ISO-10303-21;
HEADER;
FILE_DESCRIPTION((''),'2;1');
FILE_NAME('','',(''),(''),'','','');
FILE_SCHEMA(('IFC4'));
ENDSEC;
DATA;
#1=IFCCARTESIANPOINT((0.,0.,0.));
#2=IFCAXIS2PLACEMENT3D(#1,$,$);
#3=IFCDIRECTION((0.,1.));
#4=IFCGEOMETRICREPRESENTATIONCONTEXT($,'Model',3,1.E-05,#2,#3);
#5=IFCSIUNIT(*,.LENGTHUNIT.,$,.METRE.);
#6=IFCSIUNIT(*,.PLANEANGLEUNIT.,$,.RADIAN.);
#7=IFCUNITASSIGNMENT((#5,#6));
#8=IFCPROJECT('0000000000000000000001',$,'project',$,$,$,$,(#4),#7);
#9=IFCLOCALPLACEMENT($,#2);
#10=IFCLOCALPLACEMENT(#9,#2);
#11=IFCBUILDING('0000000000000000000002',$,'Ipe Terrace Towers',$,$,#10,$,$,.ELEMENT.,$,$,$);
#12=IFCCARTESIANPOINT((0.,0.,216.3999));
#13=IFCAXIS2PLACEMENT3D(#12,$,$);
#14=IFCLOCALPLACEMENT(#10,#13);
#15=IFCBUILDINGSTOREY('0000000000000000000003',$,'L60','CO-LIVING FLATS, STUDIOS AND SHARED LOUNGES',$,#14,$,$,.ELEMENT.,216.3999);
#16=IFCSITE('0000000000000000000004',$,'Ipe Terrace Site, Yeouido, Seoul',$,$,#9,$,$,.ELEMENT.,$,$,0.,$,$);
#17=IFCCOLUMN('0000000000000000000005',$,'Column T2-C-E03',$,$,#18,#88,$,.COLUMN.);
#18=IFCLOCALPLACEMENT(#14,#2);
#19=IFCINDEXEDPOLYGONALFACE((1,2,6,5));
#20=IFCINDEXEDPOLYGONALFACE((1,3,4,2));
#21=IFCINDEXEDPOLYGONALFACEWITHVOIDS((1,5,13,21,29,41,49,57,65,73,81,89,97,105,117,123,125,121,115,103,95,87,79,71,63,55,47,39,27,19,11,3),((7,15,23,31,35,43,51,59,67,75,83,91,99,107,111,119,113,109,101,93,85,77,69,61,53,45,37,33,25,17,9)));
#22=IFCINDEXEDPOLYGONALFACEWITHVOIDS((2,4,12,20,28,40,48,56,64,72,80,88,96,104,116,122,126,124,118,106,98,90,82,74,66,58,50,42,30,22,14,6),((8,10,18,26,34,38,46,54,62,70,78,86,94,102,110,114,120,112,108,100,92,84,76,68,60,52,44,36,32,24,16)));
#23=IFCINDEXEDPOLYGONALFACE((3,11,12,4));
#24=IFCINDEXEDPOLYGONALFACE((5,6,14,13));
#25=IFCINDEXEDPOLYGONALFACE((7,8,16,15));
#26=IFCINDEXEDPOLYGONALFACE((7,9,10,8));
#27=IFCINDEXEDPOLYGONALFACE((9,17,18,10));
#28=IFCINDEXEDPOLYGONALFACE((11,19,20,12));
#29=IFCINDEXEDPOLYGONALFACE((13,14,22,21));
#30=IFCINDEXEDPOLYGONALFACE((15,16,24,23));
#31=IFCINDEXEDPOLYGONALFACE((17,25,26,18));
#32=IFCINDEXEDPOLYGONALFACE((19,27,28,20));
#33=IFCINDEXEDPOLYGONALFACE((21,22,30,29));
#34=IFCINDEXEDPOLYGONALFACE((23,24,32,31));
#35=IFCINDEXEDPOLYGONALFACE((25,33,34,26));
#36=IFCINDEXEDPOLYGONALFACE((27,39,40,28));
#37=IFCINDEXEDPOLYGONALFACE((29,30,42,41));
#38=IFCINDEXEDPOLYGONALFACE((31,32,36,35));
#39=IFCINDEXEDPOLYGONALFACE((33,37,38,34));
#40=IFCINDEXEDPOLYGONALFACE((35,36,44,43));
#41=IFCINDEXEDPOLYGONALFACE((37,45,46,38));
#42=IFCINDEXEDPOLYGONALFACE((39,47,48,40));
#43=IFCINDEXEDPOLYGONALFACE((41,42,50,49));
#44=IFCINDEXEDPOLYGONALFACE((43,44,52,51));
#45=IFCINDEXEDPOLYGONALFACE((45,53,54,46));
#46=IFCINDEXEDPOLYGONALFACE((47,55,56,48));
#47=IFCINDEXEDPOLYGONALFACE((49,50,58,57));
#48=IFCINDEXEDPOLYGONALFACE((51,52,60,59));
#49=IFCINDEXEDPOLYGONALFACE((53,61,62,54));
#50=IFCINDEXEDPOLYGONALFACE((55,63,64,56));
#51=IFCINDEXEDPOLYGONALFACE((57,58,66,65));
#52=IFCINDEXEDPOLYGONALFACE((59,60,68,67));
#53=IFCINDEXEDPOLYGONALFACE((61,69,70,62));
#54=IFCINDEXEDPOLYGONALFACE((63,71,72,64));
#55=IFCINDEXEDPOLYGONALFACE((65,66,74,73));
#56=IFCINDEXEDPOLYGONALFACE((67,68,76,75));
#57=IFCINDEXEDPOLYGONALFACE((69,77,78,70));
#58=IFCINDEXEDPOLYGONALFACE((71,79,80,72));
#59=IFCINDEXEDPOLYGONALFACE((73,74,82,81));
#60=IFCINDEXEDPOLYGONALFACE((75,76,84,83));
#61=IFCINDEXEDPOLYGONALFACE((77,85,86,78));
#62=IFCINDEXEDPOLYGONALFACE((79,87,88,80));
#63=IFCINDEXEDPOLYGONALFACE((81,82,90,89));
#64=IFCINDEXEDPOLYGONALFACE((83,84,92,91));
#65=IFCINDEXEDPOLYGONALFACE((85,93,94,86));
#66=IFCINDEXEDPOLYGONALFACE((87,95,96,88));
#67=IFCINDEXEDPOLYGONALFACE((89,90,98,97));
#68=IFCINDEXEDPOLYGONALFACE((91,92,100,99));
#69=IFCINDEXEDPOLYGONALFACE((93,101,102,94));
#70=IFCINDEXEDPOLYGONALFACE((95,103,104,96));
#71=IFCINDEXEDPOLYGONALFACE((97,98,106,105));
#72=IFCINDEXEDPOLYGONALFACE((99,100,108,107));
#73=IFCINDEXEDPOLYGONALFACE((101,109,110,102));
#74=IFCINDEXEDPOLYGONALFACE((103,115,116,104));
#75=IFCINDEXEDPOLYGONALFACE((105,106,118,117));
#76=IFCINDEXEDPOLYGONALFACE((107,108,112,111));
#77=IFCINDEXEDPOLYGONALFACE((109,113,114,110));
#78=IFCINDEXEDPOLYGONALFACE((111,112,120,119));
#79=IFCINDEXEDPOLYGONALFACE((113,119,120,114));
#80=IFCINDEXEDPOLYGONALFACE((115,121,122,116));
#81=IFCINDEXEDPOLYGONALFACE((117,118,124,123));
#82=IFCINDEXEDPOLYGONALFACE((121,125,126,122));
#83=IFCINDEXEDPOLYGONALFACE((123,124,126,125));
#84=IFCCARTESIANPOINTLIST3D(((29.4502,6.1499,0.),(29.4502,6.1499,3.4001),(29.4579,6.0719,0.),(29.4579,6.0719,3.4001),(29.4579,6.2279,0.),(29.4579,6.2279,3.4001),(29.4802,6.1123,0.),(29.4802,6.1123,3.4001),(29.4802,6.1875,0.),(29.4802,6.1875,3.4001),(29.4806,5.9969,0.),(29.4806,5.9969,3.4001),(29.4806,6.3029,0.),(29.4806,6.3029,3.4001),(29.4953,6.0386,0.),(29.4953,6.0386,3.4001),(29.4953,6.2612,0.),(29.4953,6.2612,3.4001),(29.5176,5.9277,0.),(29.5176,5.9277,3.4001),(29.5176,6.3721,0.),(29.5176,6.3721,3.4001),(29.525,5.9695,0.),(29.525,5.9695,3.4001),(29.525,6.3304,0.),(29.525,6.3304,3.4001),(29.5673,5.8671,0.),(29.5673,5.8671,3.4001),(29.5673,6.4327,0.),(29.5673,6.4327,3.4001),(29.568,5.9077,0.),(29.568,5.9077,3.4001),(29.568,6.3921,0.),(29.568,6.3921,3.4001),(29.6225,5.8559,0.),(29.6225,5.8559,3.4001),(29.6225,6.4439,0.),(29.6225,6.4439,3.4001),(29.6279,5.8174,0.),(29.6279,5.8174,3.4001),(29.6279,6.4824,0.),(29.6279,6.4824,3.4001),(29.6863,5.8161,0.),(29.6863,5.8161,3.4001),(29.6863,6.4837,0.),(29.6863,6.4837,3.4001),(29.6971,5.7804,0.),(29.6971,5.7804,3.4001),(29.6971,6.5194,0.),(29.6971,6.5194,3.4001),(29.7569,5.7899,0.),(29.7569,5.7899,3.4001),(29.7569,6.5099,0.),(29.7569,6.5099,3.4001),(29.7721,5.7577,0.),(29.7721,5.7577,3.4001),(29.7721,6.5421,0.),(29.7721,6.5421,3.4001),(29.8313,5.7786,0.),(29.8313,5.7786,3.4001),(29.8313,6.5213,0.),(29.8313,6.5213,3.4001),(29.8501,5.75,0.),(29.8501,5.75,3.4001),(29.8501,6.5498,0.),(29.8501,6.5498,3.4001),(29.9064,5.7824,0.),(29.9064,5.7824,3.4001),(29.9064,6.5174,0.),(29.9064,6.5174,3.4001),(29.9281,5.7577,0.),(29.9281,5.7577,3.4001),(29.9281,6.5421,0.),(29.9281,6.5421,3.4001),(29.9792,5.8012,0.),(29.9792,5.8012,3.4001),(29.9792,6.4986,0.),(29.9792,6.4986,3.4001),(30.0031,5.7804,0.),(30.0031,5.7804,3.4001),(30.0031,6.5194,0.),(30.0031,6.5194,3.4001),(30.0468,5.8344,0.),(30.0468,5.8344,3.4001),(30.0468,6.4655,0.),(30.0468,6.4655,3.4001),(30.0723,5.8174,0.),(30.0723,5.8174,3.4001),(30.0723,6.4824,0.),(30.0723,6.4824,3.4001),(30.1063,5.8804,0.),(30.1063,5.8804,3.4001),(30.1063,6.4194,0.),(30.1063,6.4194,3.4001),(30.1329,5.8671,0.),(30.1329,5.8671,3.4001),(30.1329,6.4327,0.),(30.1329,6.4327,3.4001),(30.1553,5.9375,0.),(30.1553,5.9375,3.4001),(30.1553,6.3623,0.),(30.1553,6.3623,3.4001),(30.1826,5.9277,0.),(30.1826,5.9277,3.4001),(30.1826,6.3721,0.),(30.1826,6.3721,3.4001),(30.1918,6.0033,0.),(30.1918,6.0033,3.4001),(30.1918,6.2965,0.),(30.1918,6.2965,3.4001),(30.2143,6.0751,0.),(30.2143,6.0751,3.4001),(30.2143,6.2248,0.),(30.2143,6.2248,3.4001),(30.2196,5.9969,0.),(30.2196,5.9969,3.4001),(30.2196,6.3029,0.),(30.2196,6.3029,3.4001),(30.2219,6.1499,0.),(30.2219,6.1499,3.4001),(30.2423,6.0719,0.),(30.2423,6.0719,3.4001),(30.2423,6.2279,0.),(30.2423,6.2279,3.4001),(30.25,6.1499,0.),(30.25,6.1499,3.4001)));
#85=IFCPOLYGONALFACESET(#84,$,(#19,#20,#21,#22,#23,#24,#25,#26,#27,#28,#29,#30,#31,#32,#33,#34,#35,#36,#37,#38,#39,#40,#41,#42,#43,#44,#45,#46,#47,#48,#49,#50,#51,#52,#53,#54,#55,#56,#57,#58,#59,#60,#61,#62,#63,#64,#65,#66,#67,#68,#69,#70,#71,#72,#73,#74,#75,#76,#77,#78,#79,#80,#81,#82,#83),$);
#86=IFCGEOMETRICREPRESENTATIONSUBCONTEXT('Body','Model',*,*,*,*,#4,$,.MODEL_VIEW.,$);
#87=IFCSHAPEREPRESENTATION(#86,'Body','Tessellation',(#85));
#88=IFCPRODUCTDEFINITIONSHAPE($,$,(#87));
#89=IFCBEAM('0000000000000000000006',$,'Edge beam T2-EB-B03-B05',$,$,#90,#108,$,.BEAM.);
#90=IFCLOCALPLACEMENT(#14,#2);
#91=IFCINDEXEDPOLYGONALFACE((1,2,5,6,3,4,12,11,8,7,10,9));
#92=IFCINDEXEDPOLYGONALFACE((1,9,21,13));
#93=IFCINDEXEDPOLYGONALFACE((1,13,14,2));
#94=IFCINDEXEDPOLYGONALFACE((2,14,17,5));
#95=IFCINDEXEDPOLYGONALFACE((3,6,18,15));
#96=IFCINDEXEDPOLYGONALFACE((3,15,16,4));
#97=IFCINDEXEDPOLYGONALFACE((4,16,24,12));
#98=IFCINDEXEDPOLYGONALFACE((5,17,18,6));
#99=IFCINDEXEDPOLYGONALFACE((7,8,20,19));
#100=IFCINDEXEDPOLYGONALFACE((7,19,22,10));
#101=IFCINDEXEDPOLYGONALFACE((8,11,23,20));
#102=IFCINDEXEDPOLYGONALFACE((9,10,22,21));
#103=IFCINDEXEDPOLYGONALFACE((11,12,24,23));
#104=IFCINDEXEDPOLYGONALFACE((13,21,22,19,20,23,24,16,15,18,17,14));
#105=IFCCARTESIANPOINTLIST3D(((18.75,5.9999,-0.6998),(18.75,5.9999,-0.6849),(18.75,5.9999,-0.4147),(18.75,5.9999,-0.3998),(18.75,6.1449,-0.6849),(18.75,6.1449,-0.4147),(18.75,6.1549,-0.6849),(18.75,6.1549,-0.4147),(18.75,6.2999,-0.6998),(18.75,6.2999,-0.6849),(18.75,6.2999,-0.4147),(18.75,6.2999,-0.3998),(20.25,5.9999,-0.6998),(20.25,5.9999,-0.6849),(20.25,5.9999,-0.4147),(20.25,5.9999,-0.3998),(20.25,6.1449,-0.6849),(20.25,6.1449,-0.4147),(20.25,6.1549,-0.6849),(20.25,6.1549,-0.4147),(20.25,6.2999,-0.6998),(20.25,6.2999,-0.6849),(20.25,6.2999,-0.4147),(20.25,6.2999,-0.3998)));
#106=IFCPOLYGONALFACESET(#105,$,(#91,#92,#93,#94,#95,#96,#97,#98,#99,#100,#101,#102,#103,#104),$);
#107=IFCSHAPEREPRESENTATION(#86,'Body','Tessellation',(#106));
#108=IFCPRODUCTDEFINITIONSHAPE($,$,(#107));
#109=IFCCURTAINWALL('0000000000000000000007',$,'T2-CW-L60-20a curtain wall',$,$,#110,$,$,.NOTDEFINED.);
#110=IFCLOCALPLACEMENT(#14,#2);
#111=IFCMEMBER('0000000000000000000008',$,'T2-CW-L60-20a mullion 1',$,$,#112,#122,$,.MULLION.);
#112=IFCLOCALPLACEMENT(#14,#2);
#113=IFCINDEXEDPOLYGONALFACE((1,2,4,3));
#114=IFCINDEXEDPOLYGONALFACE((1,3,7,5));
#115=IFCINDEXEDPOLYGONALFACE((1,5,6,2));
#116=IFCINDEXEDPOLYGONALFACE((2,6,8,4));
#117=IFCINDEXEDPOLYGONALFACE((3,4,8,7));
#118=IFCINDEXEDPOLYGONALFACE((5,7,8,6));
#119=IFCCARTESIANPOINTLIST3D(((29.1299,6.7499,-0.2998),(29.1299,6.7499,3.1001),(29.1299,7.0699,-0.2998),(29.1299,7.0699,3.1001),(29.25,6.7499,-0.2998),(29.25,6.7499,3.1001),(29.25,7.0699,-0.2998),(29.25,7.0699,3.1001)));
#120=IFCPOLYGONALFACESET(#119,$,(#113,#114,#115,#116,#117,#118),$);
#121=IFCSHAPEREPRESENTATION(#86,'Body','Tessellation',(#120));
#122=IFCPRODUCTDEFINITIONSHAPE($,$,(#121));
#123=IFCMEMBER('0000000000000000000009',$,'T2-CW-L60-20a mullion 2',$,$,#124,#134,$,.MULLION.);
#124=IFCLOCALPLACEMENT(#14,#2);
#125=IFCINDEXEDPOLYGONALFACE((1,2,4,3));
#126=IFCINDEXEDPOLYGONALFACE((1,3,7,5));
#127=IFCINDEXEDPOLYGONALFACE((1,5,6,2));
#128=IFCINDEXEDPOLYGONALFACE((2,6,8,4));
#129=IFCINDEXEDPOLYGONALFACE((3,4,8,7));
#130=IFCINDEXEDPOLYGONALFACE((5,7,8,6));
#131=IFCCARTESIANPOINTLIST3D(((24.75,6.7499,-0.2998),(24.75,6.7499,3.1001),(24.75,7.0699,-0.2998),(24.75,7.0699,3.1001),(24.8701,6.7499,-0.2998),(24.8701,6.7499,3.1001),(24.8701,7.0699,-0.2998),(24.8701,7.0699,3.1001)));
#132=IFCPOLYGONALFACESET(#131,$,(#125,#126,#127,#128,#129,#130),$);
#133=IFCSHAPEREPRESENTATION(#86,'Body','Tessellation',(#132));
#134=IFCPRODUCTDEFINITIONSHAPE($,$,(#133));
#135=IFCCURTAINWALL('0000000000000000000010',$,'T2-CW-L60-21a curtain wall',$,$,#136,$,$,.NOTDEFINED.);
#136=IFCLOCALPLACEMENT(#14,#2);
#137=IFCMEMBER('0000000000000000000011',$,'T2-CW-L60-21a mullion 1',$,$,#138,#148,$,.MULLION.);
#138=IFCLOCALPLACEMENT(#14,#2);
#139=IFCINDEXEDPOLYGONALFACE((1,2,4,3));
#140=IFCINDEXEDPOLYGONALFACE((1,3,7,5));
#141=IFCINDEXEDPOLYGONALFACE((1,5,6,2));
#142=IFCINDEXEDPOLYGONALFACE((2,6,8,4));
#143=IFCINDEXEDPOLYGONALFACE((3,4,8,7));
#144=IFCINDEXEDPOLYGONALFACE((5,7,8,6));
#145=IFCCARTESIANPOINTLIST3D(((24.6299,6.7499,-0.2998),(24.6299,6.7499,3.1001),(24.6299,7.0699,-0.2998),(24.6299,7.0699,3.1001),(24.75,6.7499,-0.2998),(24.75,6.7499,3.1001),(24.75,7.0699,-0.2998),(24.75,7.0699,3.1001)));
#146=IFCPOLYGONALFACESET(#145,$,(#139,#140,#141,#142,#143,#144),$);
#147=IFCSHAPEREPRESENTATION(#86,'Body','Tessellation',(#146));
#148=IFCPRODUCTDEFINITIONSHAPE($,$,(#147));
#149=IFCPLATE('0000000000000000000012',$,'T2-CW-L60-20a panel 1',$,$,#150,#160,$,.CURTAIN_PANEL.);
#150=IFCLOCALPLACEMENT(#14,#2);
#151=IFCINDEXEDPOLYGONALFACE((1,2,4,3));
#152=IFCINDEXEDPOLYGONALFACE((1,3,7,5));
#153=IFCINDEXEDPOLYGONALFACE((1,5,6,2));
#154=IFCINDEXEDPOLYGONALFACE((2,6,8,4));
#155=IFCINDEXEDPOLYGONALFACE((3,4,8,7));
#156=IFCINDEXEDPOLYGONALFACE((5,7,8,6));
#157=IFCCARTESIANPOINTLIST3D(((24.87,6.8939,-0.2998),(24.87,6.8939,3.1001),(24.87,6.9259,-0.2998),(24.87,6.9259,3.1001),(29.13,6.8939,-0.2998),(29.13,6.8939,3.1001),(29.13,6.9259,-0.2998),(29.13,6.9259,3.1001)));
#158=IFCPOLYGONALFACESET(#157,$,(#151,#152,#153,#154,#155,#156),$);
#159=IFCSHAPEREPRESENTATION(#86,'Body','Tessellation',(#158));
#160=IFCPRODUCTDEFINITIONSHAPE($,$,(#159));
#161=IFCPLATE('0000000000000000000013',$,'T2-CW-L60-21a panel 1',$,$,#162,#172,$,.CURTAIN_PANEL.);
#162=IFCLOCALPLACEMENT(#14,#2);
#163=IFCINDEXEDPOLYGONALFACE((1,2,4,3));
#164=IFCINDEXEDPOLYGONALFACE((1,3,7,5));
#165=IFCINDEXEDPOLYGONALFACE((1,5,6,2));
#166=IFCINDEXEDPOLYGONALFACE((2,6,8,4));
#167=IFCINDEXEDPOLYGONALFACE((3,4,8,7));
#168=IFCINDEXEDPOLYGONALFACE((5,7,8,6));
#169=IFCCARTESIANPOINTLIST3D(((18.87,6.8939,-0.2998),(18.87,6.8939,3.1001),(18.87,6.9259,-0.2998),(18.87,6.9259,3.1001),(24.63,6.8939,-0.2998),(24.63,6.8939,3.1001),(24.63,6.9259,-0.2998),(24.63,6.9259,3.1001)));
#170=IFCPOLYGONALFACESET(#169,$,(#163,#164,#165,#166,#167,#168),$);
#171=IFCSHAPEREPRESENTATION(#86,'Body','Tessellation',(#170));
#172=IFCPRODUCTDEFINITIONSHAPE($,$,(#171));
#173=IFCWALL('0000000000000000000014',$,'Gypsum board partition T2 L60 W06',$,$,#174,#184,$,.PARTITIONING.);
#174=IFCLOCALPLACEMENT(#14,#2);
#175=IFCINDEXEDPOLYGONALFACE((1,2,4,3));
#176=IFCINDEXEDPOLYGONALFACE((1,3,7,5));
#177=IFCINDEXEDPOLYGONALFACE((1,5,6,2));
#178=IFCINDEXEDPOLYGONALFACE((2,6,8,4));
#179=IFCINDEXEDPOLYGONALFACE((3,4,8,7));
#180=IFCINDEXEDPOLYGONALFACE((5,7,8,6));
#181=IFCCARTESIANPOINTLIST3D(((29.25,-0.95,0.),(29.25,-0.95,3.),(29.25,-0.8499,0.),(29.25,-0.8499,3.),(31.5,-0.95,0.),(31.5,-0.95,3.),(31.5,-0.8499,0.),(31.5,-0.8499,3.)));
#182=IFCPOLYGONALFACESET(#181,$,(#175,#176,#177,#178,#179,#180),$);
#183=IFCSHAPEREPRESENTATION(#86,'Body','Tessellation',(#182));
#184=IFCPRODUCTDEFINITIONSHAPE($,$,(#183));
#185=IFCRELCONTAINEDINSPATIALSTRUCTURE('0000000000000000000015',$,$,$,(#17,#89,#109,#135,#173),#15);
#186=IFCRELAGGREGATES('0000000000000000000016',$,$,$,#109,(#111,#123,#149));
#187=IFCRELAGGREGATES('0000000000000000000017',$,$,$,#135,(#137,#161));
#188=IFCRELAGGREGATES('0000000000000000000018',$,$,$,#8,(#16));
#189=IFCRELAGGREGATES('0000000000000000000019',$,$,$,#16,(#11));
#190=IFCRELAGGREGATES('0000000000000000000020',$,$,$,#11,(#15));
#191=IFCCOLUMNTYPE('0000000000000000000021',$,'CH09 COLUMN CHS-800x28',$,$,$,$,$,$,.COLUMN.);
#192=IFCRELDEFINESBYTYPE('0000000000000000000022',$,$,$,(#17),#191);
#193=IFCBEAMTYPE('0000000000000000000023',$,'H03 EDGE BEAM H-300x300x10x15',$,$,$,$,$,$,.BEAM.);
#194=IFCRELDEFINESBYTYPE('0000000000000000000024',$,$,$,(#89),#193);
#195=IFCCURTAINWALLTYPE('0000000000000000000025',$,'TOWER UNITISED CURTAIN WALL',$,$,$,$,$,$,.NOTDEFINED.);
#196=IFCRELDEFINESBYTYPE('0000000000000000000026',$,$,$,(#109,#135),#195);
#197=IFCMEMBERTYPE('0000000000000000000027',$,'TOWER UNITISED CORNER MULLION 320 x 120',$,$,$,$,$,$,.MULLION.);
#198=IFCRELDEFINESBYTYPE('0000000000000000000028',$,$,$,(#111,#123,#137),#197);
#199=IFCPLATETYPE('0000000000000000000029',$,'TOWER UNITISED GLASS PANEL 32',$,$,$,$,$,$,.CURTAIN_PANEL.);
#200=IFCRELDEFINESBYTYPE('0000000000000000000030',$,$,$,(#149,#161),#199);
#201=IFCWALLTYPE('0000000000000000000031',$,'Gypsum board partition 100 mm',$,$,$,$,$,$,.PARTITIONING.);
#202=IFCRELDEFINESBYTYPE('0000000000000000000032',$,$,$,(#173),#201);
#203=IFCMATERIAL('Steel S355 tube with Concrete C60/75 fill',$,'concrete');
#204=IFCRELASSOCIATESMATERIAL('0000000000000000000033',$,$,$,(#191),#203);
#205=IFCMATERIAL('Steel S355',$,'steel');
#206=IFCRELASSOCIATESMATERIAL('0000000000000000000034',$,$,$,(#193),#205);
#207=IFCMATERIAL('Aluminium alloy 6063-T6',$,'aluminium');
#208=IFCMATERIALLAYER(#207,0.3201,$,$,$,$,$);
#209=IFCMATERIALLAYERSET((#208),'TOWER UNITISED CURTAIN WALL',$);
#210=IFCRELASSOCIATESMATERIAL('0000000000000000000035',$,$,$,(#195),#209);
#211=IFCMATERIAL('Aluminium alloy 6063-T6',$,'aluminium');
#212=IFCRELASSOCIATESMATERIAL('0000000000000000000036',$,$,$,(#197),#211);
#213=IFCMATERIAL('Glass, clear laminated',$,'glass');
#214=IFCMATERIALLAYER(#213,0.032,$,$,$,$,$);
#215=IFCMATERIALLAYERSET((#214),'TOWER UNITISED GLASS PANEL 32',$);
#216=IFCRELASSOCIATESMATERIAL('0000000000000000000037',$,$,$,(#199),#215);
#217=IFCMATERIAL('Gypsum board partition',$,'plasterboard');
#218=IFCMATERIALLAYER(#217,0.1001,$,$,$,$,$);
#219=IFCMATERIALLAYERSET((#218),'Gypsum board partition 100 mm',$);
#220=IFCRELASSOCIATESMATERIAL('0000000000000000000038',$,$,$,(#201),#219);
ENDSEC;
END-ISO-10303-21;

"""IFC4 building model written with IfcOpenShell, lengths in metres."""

from ifc_helpers import new_model, si_unit, direction, frame, frame_2d, origin, origin_2d, place, context, subcontext, project, spatial, rectangle, hollow_circle, i_section, extrude, material, layer, layer_set, material_profile, profile_set, type_object, element, aggregate, save


model = new_model("IFC4")

# Units and contexts
model_context = context("Model", 3, precision=1e-05, world=origin(), true_north=direction((0.0, 1.0)))
body_context = subcontext(model_context, "Body", "Model", "MODEL_VIEW")
ifc_project = project(units=[si_unit("LENGTHUNIT", "METRE"), si_unit("PLANEANGLEUNIT", "RADIAN")], contexts=[model_context])

# Site, building, storey
site_placement = place(None, origin())
site = spatial("IfcSite", under=ifc_project, at=site_placement, Name="Ipe Terrace Site, Yeouido, Seoul", CompositionType="ELEMENT", RefElevation=0.0)
building_placement = place(site_placement, origin())
building = spatial("IfcBuilding", under=site, at=building_placement, Name="Ipe Terrace Towers", CompositionType="ELEMENT")
storey_placement = place(building_placement, frame((0.0, 0.0, 216.3999)))
storey = spatial("IfcBuildingStorey", under=building, at=storey_placement, Name="L60", Description="CO-LIVING FLATS, STUDIOS AND SHARED LOUNGES", CompositionType="ELEMENT", Elevation=216.3999)

# Column
ifc_material_1 = material(Name="Steel S355 tube with Concrete C60/75 fill", Category="concrete")
ifc_material_profile_1 = material_profile(ifc_material_1, hollow_circle(Radius=0.3999, WallThickness=0.0281, at=origin_2d()), Name="CHS-800x28")
ifc_profile_set_1 = profile_set([ifc_material_profile_1], Name="Steel S355 tube with Concrete C60/75 fill")
column_type = type_object("IfcColumnType", Name="CH09 COLUMN CHS-800x28", PredefinedType="COLUMN", material=ifc_profile_set_1)
column_placement = place(storey_placement, frame((29.8501, 6.1499, 0.0), z_axis=(0.0, 0.0, 1.0), x_axis=(1.0, 0.0, 0.0)))
element("IfcColumn", 1, at=column_placement, inside=storey, type_object=column_type, Name="Column T2-C-E03", PredefinedType="COLUMN", context=body_context, shape_type="SweptSolid", body=[
    extrude(hollow_circle(Radius=0.3999, WallThickness=0.0281, at=origin_2d()), origin(), (0.0, 0.0, 1.0), 3.4001),
])

# Beam
ifc_material_2 = material(Name="Steel S355", Category="steel")
ifc_material_profile_2 = material_profile(ifc_material_2, i_section(OverallWidth=0.3, OverallDepth=0.3, WebThickness=0.01, FlangeThickness=0.0149, at=origin_2d()), Name="H-300x300x10x15")
ifc_profile_set_2 = profile_set([ifc_material_profile_2], Name="Steel S355")
beam_type = type_object("IfcBeamType", Name="H03 EDGE BEAM H-300x300x10x15", PredefinedType="BEAM", material=ifc_profile_set_2)
beam_placement = place(storey_placement, frame((20.25, 6.1499, -0.5498), z_axis=(-1.0, 0.0, 0.0), x_axis=(0.0, -1.0, 0.0)))
element("IfcBeam", 2, at=beam_placement, inside=storey, type_object=beam_type, Name="Edge beam T2-EB-B03-B05", PredefinedType="BEAM", context=body_context, shape_type="SweptSolid", body=[
    extrude(i_section(OverallWidth=0.3, OverallDepth=0.3, WebThickness=0.01, FlangeThickness=0.0149, at=origin_2d()), origin(), (0.0, 0.0, 1.0), 1.5),
])

# Curtain wall, members
ifc_material_3 = material(Name="Aluminium alloy 6063-T6", Category="aluminium")
ifc_layer_1 = layer(ifc_material_3, 0.3201)
ifc_layer_set_1 = layer_set([ifc_layer_1], Name="TOWER UNITISED CURTAIN WALL")
curtain_wall_type = type_object("IfcCurtainWallType", Name="TOWER UNITISED CURTAIN WALL", PredefinedType="NOTDEFINED", material=ifc_layer_set_1)
curtain_wall_1_placement = place(storey_placement, origin())
curtain_wall_1 = element("IfcCurtainWall", 3, at=curtain_wall_1_placement, inside=storey, type_object=curtain_wall_type, Name="T2-CW-L60-20a curtain wall", PredefinedType="NOTDEFINED")
ifc_material_4 = material(Name="Aluminium alloy 6063-T6", Category="aluminium")
ifc_material_profile_3 = material_profile(ifc_material_4, rectangle(XDim=0.3201, YDim=0.1201, at=origin_2d()), Name="TOWER UNITISED CORNER MULLION 320 x 120")
ifc_profile_set_3 = profile_set([ifc_material_profile_3], Name="Aluminium alloy 6063-T6")
member_type = type_object("IfcMemberType", Name="TOWER UNITISED CORNER MULLION 320 x 120", PredefinedType="MULLION", material=ifc_profile_set_3)
member_1_placement = place(storey_placement, frame((29.1899, 6.9099, -0.2998), z_axis=(0.0, 0.0, 1.0), x_axis=(0.0, 1.0, 0.0)))
member_1 = element("IfcMember", 4, at=member_1_placement, type_object=member_type, Name="T2-CW-L60-20a mullion 1", PredefinedType="MULLION", context=body_context, shape_type="SweptSolid", body=[
    extrude(rectangle(XDim=0.3201, YDim=0.1201, at=origin_2d()), origin(), (0.0, 0.0, 1.0), 3.3999),
])
member_2_placement = place(storey_placement, frame((24.8101, 6.9099, -0.2998), z_axis=(0.0, 0.0, 1.0), x_axis=(0.0, 1.0, 0.0)))
member_2 = element("IfcMember", 5, at=member_2_placement, type_object=member_type, Name="T2-CW-L60-20a mullion 2", PredefinedType="MULLION", context=body_context, shape_type="SweptSolid", body=[
    extrude(rectangle(XDim=0.3201, YDim=0.1201, at=origin_2d()), origin(), (0.0, 0.0, 1.0), 3.3999),
])

# Curtain wall, member
curtain_wall_2_placement = place(storey_placement, origin())
curtain_wall_2 = element("IfcCurtainWall", 6, at=curtain_wall_2_placement, inside=storey, type_object=curtain_wall_type, Name="T2-CW-L60-21a curtain wall", PredefinedType="NOTDEFINED")
member_3_placement = place(storey_placement, frame((24.6899, 6.9099, -0.2998), z_axis=(0.0, 0.0, 1.0), x_axis=(0.0, 1.0, 0.0)))
member_3 = element("IfcMember", 7, at=member_3_placement, type_object=member_type, Name="T2-CW-L60-21a mullion 1", PredefinedType="MULLION", context=body_context, shape_type="SweptSolid", body=[
    extrude(rectangle(XDim=0.3201, YDim=0.1201, at=origin_2d()), origin(), (0.0, 0.0, 1.0), 3.3999),
])

# Plates
ifc_material_5 = material(Name="Glass, clear laminated", Category="glass")
ifc_layer_2 = layer(ifc_material_5, 0.032)
ifc_layer_set_2 = layer_set([ifc_layer_2], Name="TOWER UNITISED GLASS PANEL 32")
plate_type = type_object("IfcPlateType", Name="TOWER UNITISED GLASS PANEL 32", PredefinedType="CURTAIN_PANEL", material=ifc_layer_set_2)
plate_1_placement = place(storey_placement, frame((27.0, 6.9099, -0.2998), z_axis=(0.0, 0.0, 1.0), x_axis=(-1.0, 0.0, 0.0)))
plate_1 = element("IfcPlate", 8, at=plate_1_placement, type_object=plate_type, Name="T2-CW-L60-20a panel 1", PredefinedType="CURTAIN_PANEL", context=body_context, shape_type="SweptSolid", body=[
    extrude(rectangle(XDim=4.26, YDim=0.032, at=origin_2d()), origin(), (0.0, 0.0, 1.0), 3.3999),
])
aggregate(curtain_wall_1, [member_1, member_2, plate_1])
plate_2_placement = place(storey_placement, frame((21.75, 6.9099, -0.2998), z_axis=(0.0, 0.0, 1.0), x_axis=(-1.0, 0.0, 0.0)))
plate_2 = element("IfcPlate", 9, at=plate_2_placement, type_object=plate_type, Name="T2-CW-L60-21a panel 1", PredefinedType="CURTAIN_PANEL", context=body_context, shape_type="SweptSolid", body=[
    extrude(rectangle(XDim=5.76, YDim=0.032, at=origin_2d()), origin(), (0.0, 0.0, 1.0), 3.3999),
])
aggregate(curtain_wall_2, [member_3, plate_2])

# Wall
ifc_material_6 = material(Name="Gypsum board partition", Category="plasterboard")
ifc_layer_3 = layer(ifc_material_6, 0.1001)
ifc_layer_set_3 = layer_set([ifc_layer_3], Name="Gypsum board partition 100 mm")
wall_type_1 = type_object("IfcWallType", Name="Gypsum board partition 100 mm", PredefinedType="PARTITIONING", material=ifc_layer_set_3)
wall_1_placement = place(storey_placement, frame((31.5, -0.8999, 0.0), z_axis=(0.0, 0.0, 1.0), x_axis=(-1.0, 0.0, 0.0)))
element("IfcWall", 10, at=wall_1_placement, inside=storey, type_object=wall_type_1, Name="Gypsum board partition T2 L60 W06", PredefinedType="PARTITIONING", context=body_context, shape_type="SweptSolid", body=[
    extrude(rectangle(XDim=2.25, YDim=0.1001, at=frame_2d((1.125, 0.0))), origin(), (0.0, 0.0, 1.0), 3.0),
])

save(model, "model.ifc")
